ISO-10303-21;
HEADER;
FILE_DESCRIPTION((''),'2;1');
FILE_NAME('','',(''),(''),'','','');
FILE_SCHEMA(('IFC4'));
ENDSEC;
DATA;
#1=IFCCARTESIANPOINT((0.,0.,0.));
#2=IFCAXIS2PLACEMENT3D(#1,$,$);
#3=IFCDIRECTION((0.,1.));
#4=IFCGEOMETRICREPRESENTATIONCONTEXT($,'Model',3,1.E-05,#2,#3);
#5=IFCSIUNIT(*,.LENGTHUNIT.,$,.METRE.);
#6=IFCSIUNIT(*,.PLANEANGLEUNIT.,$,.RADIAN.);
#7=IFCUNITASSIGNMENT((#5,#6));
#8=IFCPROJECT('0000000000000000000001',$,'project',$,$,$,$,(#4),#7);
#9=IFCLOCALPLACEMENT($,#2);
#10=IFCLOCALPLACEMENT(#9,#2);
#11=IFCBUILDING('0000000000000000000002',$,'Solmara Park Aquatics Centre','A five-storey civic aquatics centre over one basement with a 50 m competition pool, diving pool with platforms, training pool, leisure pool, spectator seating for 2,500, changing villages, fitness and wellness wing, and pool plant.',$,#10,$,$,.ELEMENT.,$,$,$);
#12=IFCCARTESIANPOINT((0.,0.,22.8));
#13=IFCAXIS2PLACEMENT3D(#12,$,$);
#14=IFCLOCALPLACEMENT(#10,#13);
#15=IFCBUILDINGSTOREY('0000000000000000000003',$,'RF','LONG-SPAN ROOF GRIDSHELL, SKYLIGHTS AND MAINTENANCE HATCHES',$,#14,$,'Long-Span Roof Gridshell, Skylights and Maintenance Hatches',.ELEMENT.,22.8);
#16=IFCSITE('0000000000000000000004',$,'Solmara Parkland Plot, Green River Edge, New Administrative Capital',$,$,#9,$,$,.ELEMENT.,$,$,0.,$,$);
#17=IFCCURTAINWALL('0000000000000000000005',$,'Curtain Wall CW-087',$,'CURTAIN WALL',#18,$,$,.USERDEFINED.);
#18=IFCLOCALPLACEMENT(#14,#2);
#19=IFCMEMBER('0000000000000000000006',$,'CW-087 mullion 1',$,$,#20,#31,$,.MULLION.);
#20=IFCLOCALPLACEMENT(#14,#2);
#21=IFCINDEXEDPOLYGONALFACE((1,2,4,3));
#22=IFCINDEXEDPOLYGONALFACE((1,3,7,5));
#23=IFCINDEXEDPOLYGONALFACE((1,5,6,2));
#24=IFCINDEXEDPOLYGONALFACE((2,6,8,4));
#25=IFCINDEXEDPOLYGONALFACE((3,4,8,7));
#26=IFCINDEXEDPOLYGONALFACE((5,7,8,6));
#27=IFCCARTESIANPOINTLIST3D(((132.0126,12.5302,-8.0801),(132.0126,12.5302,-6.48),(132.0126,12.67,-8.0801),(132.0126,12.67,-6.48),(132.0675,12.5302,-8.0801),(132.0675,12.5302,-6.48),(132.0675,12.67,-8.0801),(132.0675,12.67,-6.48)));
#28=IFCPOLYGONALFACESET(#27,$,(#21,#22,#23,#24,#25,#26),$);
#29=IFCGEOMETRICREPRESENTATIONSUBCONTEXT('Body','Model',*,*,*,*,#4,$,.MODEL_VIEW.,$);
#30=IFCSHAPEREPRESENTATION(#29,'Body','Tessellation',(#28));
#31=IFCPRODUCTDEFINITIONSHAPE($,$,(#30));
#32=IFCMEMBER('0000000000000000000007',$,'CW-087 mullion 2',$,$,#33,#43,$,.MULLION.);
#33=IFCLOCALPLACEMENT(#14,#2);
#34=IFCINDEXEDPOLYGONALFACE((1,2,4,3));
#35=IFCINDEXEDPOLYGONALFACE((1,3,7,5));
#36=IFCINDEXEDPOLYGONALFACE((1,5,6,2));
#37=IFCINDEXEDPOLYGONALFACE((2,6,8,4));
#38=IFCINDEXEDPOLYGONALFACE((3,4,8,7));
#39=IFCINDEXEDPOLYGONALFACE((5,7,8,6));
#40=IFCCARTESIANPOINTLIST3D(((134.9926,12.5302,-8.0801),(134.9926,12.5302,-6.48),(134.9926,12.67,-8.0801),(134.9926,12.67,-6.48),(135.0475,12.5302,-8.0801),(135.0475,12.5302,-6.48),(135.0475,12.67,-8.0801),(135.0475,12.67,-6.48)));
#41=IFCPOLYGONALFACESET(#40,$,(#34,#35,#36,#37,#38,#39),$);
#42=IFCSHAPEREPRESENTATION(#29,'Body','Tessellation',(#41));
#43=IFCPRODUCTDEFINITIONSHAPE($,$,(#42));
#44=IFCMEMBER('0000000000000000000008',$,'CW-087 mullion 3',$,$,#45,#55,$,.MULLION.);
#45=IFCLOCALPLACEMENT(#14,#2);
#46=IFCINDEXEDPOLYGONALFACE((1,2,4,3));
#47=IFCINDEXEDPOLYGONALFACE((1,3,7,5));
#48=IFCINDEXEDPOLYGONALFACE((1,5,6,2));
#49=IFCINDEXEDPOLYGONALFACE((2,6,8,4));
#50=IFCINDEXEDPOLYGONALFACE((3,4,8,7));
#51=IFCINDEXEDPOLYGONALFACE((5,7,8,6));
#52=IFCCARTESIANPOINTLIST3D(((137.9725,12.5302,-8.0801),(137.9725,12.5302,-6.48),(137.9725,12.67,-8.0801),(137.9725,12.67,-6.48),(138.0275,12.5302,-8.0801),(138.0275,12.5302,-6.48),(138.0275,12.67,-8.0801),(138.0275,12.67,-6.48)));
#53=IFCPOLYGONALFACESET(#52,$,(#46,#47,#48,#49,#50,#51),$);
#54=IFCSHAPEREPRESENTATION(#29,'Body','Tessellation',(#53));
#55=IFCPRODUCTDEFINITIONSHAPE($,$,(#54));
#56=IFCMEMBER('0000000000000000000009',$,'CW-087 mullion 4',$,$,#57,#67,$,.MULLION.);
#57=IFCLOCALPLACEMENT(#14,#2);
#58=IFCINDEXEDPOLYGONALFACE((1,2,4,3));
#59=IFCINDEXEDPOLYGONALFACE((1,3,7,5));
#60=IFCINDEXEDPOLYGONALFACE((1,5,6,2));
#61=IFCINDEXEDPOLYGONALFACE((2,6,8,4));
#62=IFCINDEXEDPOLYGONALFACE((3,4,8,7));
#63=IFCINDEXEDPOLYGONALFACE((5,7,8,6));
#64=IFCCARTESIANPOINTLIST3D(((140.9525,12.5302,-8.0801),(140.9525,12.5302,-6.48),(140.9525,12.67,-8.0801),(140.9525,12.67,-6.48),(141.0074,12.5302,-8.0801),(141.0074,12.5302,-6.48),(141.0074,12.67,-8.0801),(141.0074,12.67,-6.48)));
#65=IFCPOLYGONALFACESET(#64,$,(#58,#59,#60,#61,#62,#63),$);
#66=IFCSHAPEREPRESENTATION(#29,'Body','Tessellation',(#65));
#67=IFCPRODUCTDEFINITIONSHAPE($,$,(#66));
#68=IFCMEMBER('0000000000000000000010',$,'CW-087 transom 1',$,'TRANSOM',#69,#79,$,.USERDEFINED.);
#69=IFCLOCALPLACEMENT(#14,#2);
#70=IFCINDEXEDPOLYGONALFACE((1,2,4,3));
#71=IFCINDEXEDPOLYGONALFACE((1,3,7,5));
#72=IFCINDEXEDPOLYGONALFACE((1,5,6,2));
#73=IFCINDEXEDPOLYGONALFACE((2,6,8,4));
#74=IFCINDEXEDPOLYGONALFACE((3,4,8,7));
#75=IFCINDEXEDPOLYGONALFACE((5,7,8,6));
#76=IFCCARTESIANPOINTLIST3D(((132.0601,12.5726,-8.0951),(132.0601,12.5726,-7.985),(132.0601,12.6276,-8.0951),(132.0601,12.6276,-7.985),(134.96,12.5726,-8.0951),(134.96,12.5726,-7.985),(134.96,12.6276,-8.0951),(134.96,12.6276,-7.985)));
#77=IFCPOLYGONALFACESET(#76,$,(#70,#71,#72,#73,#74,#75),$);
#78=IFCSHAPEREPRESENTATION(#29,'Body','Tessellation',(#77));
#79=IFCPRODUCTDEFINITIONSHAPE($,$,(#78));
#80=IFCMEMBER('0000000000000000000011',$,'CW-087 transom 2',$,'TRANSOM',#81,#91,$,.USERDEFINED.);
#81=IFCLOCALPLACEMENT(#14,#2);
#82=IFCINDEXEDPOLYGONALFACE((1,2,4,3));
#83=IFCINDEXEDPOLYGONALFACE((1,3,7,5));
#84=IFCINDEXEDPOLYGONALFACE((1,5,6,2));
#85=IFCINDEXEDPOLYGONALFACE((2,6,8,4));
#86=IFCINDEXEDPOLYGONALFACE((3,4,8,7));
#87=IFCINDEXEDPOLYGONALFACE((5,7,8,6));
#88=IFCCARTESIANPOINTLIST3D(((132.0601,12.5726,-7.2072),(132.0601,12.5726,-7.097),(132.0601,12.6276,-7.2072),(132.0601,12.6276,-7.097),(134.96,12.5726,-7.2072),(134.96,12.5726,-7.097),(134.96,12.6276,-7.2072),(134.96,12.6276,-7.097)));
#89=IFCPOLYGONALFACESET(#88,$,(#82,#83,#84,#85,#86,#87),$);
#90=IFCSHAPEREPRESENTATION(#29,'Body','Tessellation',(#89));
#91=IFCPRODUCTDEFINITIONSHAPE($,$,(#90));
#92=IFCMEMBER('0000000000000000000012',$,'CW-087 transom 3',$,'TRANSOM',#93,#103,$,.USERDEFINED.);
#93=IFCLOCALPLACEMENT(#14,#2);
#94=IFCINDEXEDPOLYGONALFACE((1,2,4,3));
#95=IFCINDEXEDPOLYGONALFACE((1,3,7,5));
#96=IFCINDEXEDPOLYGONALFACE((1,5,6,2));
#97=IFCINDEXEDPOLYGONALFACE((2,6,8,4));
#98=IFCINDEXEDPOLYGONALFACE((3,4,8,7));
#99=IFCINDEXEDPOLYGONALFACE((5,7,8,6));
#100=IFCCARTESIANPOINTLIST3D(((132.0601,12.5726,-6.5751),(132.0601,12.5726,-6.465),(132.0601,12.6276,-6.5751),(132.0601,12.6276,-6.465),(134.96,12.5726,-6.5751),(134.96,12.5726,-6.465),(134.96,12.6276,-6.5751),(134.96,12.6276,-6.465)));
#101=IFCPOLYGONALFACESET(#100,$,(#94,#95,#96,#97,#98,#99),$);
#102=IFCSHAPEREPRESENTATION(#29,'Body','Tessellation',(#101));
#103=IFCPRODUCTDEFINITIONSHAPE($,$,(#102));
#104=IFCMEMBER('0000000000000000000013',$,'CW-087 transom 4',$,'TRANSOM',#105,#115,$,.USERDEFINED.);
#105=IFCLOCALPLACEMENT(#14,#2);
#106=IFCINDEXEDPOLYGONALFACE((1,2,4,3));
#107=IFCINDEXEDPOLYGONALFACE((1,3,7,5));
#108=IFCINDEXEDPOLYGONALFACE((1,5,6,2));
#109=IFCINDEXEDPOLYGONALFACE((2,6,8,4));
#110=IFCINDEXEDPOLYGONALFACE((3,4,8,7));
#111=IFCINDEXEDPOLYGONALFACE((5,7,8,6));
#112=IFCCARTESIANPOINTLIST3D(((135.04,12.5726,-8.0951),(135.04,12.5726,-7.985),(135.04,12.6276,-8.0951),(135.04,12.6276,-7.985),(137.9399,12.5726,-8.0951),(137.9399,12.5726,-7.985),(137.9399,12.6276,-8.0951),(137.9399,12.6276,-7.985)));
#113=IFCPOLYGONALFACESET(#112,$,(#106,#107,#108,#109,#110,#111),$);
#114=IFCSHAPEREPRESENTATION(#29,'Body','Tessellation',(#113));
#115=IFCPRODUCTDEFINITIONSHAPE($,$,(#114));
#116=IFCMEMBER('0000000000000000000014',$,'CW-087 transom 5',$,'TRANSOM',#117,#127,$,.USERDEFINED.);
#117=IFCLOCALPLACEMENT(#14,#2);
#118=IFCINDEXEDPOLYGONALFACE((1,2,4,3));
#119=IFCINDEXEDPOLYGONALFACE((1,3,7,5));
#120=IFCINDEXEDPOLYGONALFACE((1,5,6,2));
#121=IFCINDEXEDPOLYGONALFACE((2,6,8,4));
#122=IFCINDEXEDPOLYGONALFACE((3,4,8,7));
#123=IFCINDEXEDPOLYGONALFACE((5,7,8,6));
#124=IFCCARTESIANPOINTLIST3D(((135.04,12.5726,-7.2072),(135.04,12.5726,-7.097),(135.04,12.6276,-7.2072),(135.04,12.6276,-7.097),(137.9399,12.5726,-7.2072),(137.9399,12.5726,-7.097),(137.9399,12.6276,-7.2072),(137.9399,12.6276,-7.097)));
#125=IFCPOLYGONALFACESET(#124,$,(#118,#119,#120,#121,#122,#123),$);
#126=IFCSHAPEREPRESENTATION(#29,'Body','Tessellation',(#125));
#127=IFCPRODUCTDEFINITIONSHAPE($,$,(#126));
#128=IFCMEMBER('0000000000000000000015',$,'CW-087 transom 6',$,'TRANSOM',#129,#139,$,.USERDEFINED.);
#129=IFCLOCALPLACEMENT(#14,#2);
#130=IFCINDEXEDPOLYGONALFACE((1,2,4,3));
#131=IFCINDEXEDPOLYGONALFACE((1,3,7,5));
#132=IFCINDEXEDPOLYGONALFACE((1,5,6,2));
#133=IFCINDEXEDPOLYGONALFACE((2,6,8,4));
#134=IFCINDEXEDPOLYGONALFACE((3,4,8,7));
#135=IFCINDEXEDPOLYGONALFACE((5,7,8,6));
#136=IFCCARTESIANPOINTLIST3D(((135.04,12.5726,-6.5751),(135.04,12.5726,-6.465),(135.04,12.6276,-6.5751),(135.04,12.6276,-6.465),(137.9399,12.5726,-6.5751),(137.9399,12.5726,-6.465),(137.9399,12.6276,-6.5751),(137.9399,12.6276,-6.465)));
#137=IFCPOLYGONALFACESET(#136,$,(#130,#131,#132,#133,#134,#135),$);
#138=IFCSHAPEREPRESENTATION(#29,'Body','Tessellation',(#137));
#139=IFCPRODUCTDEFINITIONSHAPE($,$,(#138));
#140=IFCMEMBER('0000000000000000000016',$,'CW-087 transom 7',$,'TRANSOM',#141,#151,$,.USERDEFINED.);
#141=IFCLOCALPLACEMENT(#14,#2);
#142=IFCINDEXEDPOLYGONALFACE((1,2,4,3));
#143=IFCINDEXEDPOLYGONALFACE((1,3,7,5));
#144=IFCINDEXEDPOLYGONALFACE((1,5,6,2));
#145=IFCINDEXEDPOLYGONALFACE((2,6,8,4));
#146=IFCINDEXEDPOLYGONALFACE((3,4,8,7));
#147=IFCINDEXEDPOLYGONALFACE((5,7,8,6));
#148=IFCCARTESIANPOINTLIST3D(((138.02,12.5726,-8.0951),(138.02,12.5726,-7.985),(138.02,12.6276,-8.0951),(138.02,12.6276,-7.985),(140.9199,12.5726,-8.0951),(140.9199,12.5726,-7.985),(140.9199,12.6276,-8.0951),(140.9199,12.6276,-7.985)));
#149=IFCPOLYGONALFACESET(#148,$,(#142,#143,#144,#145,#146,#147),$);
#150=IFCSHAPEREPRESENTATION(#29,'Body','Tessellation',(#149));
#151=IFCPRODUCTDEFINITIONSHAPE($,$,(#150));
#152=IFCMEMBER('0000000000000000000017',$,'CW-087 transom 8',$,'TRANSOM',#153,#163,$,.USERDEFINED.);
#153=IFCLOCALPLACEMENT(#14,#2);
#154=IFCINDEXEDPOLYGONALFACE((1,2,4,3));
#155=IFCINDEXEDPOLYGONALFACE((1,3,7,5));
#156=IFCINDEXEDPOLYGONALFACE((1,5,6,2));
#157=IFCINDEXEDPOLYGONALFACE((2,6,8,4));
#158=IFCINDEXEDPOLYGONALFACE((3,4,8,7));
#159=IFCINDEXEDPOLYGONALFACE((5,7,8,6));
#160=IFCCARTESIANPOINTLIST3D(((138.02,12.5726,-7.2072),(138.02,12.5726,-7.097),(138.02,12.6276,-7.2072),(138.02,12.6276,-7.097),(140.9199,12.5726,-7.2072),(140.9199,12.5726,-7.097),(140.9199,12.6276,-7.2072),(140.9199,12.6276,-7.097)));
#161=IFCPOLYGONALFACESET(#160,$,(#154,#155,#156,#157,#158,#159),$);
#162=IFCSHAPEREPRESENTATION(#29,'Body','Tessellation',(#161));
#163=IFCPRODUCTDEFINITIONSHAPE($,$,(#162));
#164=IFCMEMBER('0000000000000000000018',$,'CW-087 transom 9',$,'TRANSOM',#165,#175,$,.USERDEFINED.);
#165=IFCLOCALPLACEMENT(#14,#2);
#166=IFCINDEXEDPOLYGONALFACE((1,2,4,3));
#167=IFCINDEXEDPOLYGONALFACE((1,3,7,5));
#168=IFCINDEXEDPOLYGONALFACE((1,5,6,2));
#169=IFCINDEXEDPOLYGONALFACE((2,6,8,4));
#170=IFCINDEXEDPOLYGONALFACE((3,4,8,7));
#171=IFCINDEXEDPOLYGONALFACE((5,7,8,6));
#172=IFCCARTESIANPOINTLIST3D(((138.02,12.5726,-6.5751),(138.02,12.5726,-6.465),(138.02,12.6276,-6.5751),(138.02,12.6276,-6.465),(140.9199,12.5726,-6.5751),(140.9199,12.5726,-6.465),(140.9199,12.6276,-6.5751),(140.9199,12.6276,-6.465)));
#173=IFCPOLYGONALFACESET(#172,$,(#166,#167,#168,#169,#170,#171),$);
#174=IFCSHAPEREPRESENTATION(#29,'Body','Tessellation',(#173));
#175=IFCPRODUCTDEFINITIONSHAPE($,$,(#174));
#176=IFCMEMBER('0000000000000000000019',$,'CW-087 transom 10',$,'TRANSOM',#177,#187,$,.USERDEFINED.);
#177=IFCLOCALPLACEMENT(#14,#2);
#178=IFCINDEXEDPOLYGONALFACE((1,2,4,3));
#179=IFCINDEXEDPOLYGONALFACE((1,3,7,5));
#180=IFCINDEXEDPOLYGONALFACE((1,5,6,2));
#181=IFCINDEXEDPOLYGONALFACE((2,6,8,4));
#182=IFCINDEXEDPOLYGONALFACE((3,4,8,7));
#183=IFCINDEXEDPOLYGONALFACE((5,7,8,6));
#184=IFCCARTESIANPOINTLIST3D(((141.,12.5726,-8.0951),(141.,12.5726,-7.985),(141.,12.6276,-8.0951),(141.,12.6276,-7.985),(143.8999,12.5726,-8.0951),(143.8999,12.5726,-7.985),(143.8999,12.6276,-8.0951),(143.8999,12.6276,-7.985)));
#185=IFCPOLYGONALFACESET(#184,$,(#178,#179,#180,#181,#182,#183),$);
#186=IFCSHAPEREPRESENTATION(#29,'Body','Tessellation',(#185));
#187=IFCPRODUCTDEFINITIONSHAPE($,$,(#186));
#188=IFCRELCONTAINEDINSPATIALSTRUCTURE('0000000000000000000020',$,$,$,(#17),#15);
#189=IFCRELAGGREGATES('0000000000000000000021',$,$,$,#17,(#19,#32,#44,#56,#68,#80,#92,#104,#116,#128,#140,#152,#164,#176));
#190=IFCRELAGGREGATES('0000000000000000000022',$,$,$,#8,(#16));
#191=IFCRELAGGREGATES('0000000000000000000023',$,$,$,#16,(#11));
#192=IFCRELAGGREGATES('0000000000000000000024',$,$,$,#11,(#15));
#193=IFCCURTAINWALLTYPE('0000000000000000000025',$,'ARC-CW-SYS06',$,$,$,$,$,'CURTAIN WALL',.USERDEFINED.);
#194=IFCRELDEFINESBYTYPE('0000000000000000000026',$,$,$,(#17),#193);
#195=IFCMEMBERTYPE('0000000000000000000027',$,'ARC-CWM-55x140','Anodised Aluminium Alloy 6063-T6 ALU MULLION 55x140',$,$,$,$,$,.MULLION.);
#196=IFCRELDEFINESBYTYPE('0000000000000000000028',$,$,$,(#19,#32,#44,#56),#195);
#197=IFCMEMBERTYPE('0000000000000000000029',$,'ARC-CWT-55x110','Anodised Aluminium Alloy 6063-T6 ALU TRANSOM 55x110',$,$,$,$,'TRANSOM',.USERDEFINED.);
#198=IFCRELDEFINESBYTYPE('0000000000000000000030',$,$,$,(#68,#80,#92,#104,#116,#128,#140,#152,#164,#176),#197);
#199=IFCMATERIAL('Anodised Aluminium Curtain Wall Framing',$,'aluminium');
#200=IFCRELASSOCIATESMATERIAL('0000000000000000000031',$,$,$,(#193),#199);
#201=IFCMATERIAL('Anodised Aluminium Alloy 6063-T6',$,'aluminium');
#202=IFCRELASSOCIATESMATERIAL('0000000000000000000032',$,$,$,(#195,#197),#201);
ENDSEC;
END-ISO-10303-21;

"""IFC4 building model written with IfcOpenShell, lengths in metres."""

from ifc_helpers import new_model, si_unit, direction, frame, origin, origin_2d, place, context, subcontext, project, spatial, rectangle, extrude, material, material_profile, profile_set, type_object, element, aggregate, save


model = new_model("IFC4")

# Units and contexts
model_context = context("Model", 3, precision=1e-05, world=origin(), true_north=direction((0.0, 1.0)))
body_context = subcontext(model_context, "Body", "Model", "MODEL_VIEW")
ifc_project = project(units=[si_unit("LENGTHUNIT", "METRE"), si_unit("PLANEANGLEUNIT", "RADIAN")], contexts=[model_context])

# Site, building, storey
site_placement = place(None, origin())
site = spatial("IfcSite", under=ifc_project, at=site_placement, Name="Solmara Parkland Plot, Green River Edge, New Administrative Capital", CompositionType="ELEMENT", RefElevation=0.0)
building_placement = place(site_placement, origin())
building = spatial("IfcBuilding", under=site, at=building_placement, Name="Solmara Park Aquatics Centre", Description="A five-storey civic aquatics centre over one basement with a 50 m competition pool, diving pool with platforms, training pool, leisure pool, spectator seating for 2,500, changing villages, fitness and wellness wing, and pool plant.", CompositionType="ELEMENT")
storey_placement = place(building_placement, frame((0.0, 0.0, 22.8)))
storey = spatial("IfcBuildingStorey", under=building, at=storey_placement, Name="RF", Description="LONG-SPAN ROOF GRIDSHELL, SKYLIGHTS AND MAINTENANCE HATCHES", LongName="Long-Span Roof Gridshell, Skylights and Maintenance Hatches", CompositionType="ELEMENT", Elevation=22.8)

# Curtain wall, members
ifc_material_1 = material(Name="Anodised Aluminium Curtain Wall Framing", Category="aluminium")
curtain_wall_type = type_object("IfcCurtainWallType", Name="ARC-CW-SYS06", ElementType="CURTAIN WALL", PredefinedType="USERDEFINED", material=ifc_material_1)
curtain_wall_placement = place(storey_placement, origin())
curtain_wall = element("IfcCurtainWall", 1, at=curtain_wall_placement, inside=storey, type_object=curtain_wall_type, Name="Curtain Wall CW-087", ObjectType="CURTAIN WALL", PredefinedType="USERDEFINED")
ifc_material_2 = material(Name="Anodised Aluminium Alloy 6063-T6", Category="aluminium")
ifc_material_profile_1 = material_profile(ifc_material_2, rectangle(XDim=0.0549, YDim=0.1399, at=origin_2d()), Name="ALU MULLION 55x140")
ifc_profile_set_1 = profile_set([ifc_material_profile_1], Name="Anodised Aluminium Alloy 6063-T6")
member_type_1 = type_object("IfcMemberType", Name="ARC-CWM-55x140", Description="Anodised Aluminium Alloy 6063-T6 ALU MULLION 55x140", PredefinedType="MULLION", material=ifc_profile_set_1)
member_1_placement = place(storey_placement, frame((132.04, 12.6001, -8.0801), z_axis=(0.0, 0.0, 1.0), x_axis=(1.0, 0.0, 0.0)))
member_1 = element("IfcMember", 2, at=member_1_placement, type_object=member_type_1, Name="CW-087 mullion 1", PredefinedType="MULLION", context=body_context, shape_type="SweptSolid", body=[
    extrude(rectangle(XDim=0.0549, YDim=0.1399, at=origin_2d()), origin(), (0.0, 0.0, 1.0), 1.6001),
])
member_2_placement = place(storey_placement, frame((135.02, 12.6001, -8.0801), z_axis=(0.0, 0.0, 1.0), x_axis=(1.0, 0.0, 0.0)))
member_2 = element("IfcMember", 3, at=member_2_placement, type_object=member_type_1, Name="CW-087 mullion 2", PredefinedType="MULLION", context=body_context, shape_type="SweptSolid", body=[
    extrude(rectangle(XDim=0.0549, YDim=0.1399, at=origin_2d()), origin(), (0.0, 0.0, 1.0), 1.6001),
])
member_3_placement = place(storey_placement, frame((138.0, 12.6001, -8.0801), z_axis=(0.0, 0.0, 1.0), x_axis=(1.0, 0.0, 0.0)))
member_3 = element("IfcMember", 4, at=member_3_placement, type_object=member_type_1, Name="CW-087 mullion 3", PredefinedType="MULLION", context=body_context, shape_type="SweptSolid", body=[
    extrude(rectangle(XDim=0.0549, YDim=0.1399, at=origin_2d()), origin(), (0.0, 0.0, 1.0), 1.6001),
])
member_4_placement = place(storey_placement, frame((140.98, 12.6001, -8.0801), z_axis=(0.0, 0.0, 1.0), x_axis=(1.0, 0.0, 0.0)))
member_4 = element("IfcMember", 5, at=member_4_placement, type_object=member_type_1, Name="CW-087 mullion 4", PredefinedType="MULLION", context=body_context, shape_type="SweptSolid", body=[
    extrude(rectangle(XDim=0.0549, YDim=0.1399, at=origin_2d()), origin(), (0.0, 0.0, 1.0), 1.6001),
])
ifc_material_profile_2 = material_profile(ifc_material_2, rectangle(XDim=0.0549, YDim=0.1101, at=origin_2d()), Name="ALU TRANSOM 55x110")
ifc_profile_set_2 = profile_set([ifc_material_profile_2], Name="Anodised Aluminium Alloy 6063-T6")
member_type_2 = type_object("IfcMemberType", Name="ARC-CWT-55x110", Description="Anodised Aluminium Alloy 6063-T6 ALU TRANSOM 55x110", ElementType="TRANSOM", PredefinedType="USERDEFINED", material=ifc_profile_set_2)
member_5_placement = place(storey_placement, frame((132.0601, 12.6001, -8.04), z_axis=(1.0, 0.0, 0.0), x_axis=(0.0, 1.0, 0.0)))
member_5 = element("IfcMember", 6, at=member_5_placement, type_object=member_type_2, Name="CW-087 transom 1", ObjectType="TRANSOM", PredefinedType="USERDEFINED", context=body_context, shape_type="SweptSolid", body=[
    extrude(rectangle(XDim=0.0549, YDim=0.1101, at=origin_2d()), origin(), (0.0, 0.0, 1.0), 2.8999),
])
member_6_placement = place(storey_placement, frame((132.0601, 12.6001, -7.1521), z_axis=(1.0, 0.0, 0.0), x_axis=(0.0, 1.0, 0.0)))
member_6 = element("IfcMember", 7, at=member_6_placement, type_object=member_type_2, Name="CW-087 transom 2", ObjectType="TRANSOM", PredefinedType="USERDEFINED", context=body_context, shape_type="SweptSolid", body=[
    extrude(rectangle(XDim=0.0549, YDim=0.1101, at=origin_2d()), origin(), (0.0, 0.0, 1.0), 2.8999),
])
member_7_placement = place(storey_placement, frame((132.0601, 12.6001, -6.52), z_axis=(1.0, 0.0, 0.0), x_axis=(0.0, 1.0, 0.0)))
member_7 = element("IfcMember", 8, at=member_7_placement, type_object=member_type_2, Name="CW-087 transom 3", ObjectType="TRANSOM", PredefinedType="USERDEFINED", context=body_context, shape_type="SweptSolid", body=[
    extrude(rectangle(XDim=0.0549, YDim=0.1101, at=origin_2d()), origin(), (0.0, 0.0, 1.0), 2.8999),
])
member_8_placement = place(storey_placement, frame((135.04, 12.6001, -8.04), z_axis=(1.0, 0.0, 0.0), x_axis=(0.0, 1.0, 0.0)))
member_8 = element("IfcMember", 9, at=member_8_placement, type_object=member_type_2, Name="CW-087 transom 4", ObjectType="TRANSOM", PredefinedType="USERDEFINED", context=body_context, shape_type="SweptSolid", body=[
    extrude(rectangle(XDim=0.0549, YDim=0.1101, at=origin_2d()), origin(), (0.0, 0.0, 1.0), 2.8999),
])
member_9_placement = place(storey_placement, frame((135.04, 12.6001, -7.1521), z_axis=(1.0, 0.0, 0.0), x_axis=(0.0, 1.0, 0.0)))
member_9 = element("IfcMember", 10, at=member_9_placement, type_object=member_type_2, Name="CW-087 transom 5", ObjectType="TRANSOM", PredefinedType="USERDEFINED", context=body_context, shape_type="SweptSolid", body=[
    extrude(rectangle(XDim=0.0549, YDim=0.1101, at=origin_2d()), origin(), (0.0, 0.0, 1.0), 2.8999),
])
member_10_placement = place(storey_placement, frame((135.04, 12.6001, -6.52), z_axis=(1.0, 0.0, 0.0), x_axis=(0.0, 1.0, 0.0)))
member_10 = element("IfcMember", 11, at=member_10_placement, type_object=member_type_2, Name="CW-087 transom 6", ObjectType="TRANSOM", PredefinedType="USERDEFINED", context=body_context, shape_type="SweptSolid", body=[
    extrude(rectangle(XDim=0.0549, YDim=0.1101, at=origin_2d()), origin(), (0.0, 0.0, 1.0), 2.8999),
])
member_11_placement = place(storey_placement, frame((138.02, 12.6001, -8.04), z_axis=(1.0, 0.0, 0.0), x_axis=(0.0, 1.0, 0.0)))
member_11 = element("IfcMember", 12, at=member_11_placement, type_object=member_type_2, Name="CW-087 transom 7", ObjectType="TRANSOM", PredefinedType="USERDEFINED", context=body_context, shape_type="SweptSolid", body=[
    extrude(rectangle(XDim=0.0549, YDim=0.1101, at=origin_2d()), origin(), (0.0, 0.0, 1.0), 2.8999),
])
member_12_placement = place(storey_placement, frame((138.02, 12.6001, -7.1521), z_axis=(1.0, 0.0, 0.0), x_axis=(0.0, 1.0, 0.0)))
member_12 = element("IfcMember", 13, at=member_12_placement, type_object=member_type_2, Name="CW-087 transom 8", ObjectType="TRANSOM", PredefinedType="USERDEFINED", context=body_context, shape_type="SweptSolid", body=[
    extrude(rectangle(XDim=0.0549, YDim=0.1101, at=origin_2d()), origin(), (0.0, 0.0, 1.0), 2.8999),
])
member_13_placement = place(storey_placement, frame((138.02, 12.6001, -6.52), z_axis=(1.0, 0.0, 0.0), x_axis=(0.0, 1.0, 0.0)))
member_13 = element("IfcMember", 14, at=member_13_placement, type_object=member_type_2, Name="CW-087 transom 9", ObjectType="TRANSOM", PredefinedType="USERDEFINED", context=body_context, shape_type="SweptSolid", body=[
    extrude(rectangle(XDim=0.0549, YDim=0.1101, at=origin_2d()), origin(), (0.0, 0.0, 1.0), 2.8999),
])
member_14_placement = place(storey_placement, frame((141.0, 12.6001, -8.04), z_axis=(1.0, 0.0, 0.0), x_axis=(0.0, 1.0, 0.0)))
member_14 = element("IfcMember", 15, at=member_14_placement, type_object=member_type_2, Name="CW-087 transom 10", ObjectType="TRANSOM", PredefinedType="USERDEFINED", context=body_context, shape_type="SweptSolid", body=[
    extrude(rectangle(XDim=0.0549, YDim=0.1101, at=origin_2d()), origin(), (0.0, 0.0, 1.0), 2.8999),
])

aggregate(curtain_wall, [member_1, member_2, member_3, member_4, member_5, member_6, member_7, member_8, member_9, member_10, member_11, member_12, member_13, member_14])

save(model, "model.ifc")
